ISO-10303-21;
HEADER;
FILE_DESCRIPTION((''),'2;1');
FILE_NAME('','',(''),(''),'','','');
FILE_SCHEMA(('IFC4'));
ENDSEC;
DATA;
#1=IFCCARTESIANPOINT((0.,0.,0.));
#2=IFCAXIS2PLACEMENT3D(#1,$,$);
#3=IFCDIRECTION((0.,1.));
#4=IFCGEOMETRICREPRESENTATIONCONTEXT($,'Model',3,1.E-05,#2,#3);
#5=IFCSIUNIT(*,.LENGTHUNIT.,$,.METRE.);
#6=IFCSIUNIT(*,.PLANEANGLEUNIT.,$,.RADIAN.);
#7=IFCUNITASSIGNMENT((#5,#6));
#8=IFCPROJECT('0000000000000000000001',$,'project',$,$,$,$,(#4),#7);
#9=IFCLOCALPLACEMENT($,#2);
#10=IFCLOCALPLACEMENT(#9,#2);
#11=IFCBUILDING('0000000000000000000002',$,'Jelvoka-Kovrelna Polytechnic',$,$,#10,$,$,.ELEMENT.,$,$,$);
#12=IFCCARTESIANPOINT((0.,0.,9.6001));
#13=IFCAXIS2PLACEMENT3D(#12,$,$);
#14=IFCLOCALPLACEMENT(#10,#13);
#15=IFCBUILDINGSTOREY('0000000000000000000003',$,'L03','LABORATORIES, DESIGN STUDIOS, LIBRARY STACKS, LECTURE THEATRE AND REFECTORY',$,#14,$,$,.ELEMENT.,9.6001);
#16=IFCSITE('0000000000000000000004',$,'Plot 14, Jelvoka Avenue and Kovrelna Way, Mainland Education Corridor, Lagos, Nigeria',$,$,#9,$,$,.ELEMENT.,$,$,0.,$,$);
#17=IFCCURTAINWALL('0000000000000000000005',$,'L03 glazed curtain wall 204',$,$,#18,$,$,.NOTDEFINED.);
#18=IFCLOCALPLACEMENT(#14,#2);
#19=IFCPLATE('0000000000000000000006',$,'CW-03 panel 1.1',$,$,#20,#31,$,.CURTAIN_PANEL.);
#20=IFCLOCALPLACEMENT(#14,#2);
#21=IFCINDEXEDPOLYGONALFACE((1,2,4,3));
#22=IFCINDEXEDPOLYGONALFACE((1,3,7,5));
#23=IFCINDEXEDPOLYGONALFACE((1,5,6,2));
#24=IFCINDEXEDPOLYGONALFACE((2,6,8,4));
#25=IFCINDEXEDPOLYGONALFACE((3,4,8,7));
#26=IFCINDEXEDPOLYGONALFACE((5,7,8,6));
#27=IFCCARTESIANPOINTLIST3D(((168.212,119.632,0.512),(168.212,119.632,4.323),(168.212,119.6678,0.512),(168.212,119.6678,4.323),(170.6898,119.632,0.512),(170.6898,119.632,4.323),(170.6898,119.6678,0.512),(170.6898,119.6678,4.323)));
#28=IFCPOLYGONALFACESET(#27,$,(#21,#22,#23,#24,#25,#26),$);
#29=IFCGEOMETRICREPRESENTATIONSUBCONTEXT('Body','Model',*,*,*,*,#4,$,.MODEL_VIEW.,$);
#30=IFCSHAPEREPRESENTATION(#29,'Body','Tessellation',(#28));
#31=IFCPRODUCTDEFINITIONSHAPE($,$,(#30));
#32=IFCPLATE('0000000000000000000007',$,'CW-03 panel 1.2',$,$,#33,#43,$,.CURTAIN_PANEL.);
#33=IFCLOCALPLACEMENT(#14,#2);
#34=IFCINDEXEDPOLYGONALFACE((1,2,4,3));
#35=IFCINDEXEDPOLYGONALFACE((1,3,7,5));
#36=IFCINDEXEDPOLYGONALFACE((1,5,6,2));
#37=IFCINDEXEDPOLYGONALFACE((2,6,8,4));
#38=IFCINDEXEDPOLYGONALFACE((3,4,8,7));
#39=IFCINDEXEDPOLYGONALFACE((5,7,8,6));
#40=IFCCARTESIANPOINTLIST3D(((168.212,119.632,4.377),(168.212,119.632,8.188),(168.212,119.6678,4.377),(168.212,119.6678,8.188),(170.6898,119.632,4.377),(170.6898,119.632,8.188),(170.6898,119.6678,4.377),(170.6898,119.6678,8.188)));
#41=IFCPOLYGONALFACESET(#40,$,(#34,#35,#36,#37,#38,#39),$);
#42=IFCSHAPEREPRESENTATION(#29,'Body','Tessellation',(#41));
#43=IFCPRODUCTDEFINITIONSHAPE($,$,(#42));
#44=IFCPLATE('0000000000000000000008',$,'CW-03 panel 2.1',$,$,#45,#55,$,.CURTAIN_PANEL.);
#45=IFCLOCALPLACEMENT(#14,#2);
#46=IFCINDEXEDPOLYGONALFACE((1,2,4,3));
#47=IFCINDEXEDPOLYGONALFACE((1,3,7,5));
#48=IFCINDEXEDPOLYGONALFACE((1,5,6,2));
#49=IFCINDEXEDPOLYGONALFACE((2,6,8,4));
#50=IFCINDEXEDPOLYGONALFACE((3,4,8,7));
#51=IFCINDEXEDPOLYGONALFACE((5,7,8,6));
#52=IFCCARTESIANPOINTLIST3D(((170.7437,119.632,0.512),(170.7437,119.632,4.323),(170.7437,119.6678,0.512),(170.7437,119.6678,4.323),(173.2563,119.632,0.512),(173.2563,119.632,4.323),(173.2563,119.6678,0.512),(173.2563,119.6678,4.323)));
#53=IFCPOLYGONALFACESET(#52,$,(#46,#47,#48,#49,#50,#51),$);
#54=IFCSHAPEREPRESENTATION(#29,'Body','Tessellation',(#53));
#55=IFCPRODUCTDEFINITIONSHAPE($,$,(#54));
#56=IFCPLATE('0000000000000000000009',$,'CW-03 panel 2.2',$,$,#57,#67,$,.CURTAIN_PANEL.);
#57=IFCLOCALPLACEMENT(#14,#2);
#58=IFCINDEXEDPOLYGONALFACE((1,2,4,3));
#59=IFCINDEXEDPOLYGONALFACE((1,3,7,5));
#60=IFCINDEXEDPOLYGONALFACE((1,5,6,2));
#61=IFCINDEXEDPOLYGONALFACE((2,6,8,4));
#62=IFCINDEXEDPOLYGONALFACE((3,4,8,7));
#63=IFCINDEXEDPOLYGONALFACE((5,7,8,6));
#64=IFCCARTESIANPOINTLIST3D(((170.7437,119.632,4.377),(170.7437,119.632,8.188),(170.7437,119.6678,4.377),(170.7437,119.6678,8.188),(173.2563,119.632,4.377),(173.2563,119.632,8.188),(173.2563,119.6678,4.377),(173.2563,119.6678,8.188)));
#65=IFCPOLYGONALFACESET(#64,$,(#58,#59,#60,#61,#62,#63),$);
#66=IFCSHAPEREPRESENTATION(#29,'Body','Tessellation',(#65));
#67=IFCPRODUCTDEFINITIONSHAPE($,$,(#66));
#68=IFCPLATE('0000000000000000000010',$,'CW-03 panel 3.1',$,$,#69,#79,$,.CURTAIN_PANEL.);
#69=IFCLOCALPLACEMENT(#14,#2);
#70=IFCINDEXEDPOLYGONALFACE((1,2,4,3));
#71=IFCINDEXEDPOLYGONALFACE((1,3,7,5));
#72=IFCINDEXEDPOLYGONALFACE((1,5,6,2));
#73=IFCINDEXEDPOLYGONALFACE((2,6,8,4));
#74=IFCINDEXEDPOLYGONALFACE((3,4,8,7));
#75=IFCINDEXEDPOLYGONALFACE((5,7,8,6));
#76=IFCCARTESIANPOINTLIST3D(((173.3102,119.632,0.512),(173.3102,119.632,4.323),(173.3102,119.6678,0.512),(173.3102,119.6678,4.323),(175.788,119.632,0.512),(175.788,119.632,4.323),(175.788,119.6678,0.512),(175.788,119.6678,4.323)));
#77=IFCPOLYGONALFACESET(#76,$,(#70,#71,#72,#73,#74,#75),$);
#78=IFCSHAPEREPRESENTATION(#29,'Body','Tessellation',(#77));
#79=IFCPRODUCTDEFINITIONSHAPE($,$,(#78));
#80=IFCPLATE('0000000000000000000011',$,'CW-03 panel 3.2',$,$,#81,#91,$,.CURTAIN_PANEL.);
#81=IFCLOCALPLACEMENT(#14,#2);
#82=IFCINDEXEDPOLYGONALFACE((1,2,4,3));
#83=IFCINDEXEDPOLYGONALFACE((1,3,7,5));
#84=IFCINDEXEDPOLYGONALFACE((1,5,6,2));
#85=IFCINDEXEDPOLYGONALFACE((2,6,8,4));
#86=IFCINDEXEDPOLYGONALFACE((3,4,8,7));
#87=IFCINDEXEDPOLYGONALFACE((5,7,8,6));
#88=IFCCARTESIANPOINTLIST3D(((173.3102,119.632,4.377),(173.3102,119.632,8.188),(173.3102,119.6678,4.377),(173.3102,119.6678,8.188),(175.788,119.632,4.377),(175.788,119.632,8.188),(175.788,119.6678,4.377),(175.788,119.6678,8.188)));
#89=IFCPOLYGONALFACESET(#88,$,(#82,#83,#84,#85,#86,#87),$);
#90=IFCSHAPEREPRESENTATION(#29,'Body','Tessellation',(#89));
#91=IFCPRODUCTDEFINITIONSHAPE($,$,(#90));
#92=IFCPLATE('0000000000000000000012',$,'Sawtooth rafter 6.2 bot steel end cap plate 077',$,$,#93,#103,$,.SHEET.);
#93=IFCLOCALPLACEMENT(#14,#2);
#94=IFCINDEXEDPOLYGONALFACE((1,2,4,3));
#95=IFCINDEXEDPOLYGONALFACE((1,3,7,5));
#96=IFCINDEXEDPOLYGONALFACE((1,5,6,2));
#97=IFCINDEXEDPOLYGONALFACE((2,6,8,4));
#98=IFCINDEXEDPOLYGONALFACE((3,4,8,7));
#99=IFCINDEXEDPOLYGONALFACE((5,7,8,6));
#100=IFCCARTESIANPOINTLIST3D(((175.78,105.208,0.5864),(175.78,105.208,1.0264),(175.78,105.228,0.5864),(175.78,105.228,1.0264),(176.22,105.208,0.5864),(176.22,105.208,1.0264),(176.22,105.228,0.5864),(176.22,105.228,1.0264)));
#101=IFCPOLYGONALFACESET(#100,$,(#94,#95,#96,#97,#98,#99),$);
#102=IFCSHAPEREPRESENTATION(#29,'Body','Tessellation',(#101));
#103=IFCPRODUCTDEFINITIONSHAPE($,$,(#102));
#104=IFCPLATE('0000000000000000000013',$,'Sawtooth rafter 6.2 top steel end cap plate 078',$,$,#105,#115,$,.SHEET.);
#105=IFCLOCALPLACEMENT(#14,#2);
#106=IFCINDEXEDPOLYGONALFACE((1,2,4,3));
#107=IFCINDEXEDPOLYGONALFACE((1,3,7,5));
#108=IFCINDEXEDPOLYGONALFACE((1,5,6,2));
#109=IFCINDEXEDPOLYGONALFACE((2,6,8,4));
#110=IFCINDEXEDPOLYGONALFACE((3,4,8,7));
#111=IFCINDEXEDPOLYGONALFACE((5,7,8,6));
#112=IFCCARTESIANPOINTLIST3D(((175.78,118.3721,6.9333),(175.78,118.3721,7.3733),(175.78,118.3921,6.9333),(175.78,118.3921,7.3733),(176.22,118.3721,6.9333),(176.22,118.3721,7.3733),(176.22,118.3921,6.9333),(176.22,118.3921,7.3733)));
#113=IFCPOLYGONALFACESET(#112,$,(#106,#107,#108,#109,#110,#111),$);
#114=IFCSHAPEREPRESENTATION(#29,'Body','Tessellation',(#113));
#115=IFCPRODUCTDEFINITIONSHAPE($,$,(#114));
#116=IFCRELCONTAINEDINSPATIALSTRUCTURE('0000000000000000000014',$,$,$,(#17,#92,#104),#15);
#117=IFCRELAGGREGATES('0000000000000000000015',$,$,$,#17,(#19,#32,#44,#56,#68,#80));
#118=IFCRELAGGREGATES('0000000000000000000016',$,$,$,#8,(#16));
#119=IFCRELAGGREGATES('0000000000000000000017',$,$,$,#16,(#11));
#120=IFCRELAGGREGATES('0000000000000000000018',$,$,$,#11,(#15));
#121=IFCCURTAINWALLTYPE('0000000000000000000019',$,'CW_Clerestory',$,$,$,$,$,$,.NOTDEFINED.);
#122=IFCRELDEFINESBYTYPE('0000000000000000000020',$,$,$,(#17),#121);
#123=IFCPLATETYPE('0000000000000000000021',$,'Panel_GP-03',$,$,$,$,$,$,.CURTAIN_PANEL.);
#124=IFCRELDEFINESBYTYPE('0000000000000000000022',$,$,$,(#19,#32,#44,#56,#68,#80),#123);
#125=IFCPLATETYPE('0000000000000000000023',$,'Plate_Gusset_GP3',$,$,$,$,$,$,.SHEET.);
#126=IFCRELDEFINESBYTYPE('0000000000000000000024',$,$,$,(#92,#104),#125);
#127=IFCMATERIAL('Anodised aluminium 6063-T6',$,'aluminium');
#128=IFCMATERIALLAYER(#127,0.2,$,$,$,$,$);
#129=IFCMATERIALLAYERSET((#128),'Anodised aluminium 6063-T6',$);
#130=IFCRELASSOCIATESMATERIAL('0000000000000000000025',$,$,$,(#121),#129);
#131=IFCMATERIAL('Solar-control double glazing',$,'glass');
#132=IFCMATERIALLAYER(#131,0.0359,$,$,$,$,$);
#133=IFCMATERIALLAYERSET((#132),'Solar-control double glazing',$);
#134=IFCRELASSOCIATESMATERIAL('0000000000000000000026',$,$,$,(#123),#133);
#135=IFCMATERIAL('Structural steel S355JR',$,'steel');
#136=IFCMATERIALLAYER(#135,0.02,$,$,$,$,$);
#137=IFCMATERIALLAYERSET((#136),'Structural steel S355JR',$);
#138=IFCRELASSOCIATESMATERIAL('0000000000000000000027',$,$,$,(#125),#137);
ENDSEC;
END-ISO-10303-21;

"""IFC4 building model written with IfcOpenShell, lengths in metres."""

from ifc_helpers import new_model, si_unit, direction, frame, origin, origin_2d, place, context, subcontext, project, spatial, rectangle, extrude, material, layer, layer_set, type_object, element, aggregate, save


model = new_model("IFC4")

# Units and contexts
model_context = context("Model", 3, precision=1e-05, world=origin(), true_north=direction((0.0, 1.0)))
body_context = subcontext(model_context, "Body", "Model", "MODEL_VIEW")
ifc_project = project(units=[si_unit("LENGTHUNIT", "METRE"), si_unit("PLANEANGLEUNIT", "RADIAN")], contexts=[model_context])

# Site, building, storey
site_placement = place(None, origin())
site = spatial("IfcSite", under=ifc_project, at=site_placement, Name="Plot 14, Jelvoka Avenue and Kovrelna Way, Mainland Education Corridor, Lagos, Nigeria", CompositionType="ELEMENT", RefElevation=0.0)
building_placement = place(site_placement, origin())
building = spatial("IfcBuilding", under=site, at=building_placement, Name="Jelvoka-Kovrelna Polytechnic", CompositionType="ELEMENT")
storey_placement = place(building_placement, frame((0.0, 0.0, 9.6001)))
storey = spatial("IfcBuildingStorey", under=building, at=storey_placement, Name="L03", Description="LABORATORIES, DESIGN STUDIOS, LIBRARY STACKS, LECTURE THEATRE AND REFECTORY", CompositionType="ELEMENT", Elevation=9.6001)

# Curtain wall
ifc_material_1 = material(Name="Anodised aluminium 6063-T6", Category="aluminium")
ifc_layer_1 = layer(ifc_material_1, 0.2)
ifc_layer_set_1 = layer_set([ifc_layer_1], Name="Anodised aluminium 6063-T6")
curtain_wall_type = type_object("IfcCurtainWallType", Name="CW_Clerestory", PredefinedType="NOTDEFINED", material=ifc_layer_set_1)
curtain_wall_1_placement = place(storey_placement, origin())
curtain_wall_1 = element("IfcCurtainWall", 1, at=curtain_wall_1_placement, inside=storey, type_object=curtain_wall_type, Name="L03 glazed curtain wall 204", PredefinedType="NOTDEFINED")

# Plates
ifc_material_2 = material(Name="Solar-control double glazing", Category="glass")
ifc_layer_2 = layer(ifc_material_2, 0.0359)
ifc_layer_set_2 = layer_set([ifc_layer_2], Name="Solar-control double glazing")
plate_type_1 = type_object("IfcPlateType", Name="Panel_GP-03", PredefinedType="CURTAIN_PANEL", material=ifc_layer_set_2)
plate_1_placement = place(storey_placement, frame((169.4509, 119.6499, 0.512), z_axis=(0.0, 0.0, 1.0), x_axis=(1.0, 0.0, 0.0)))
plate_1 = element("IfcPlate", 2, at=plate_1_placement, type_object=plate_type_1, Name="CW-03 panel 1.1", PredefinedType="CURTAIN_PANEL", context=body_context, shape_type="SweptSolid", body=[
    extrude(rectangle(XDim=2.4778, YDim=0.0359, at=origin_2d()), origin(), (0.0, 0.0, 1.0), 3.811),
])
plate_2_placement = place(storey_placement, frame((169.4509, 119.6499, 4.377), z_axis=(0.0, 0.0, 1.0), x_axis=(1.0, 0.0, 0.0)))
plate_2 = element("IfcPlate", 3, at=plate_2_placement, type_object=plate_type_1, Name="CW-03 panel 1.2", PredefinedType="CURTAIN_PANEL", context=body_context, shape_type="SweptSolid", body=[
    extrude(rectangle(XDim=2.4778, YDim=0.0359, at=origin_2d()), origin(), (0.0, 0.0, 1.0), 3.811),
])
plate_3_placement = place(storey_placement, frame((172.0, 119.6499, 0.512), z_axis=(0.0, 0.0, 1.0), x_axis=(1.0, 0.0, 0.0)))
plate_3 = element("IfcPlate", 4, at=plate_3_placement, type_object=plate_type_1, Name="CW-03 panel 2.1", PredefinedType="CURTAIN_PANEL", context=body_context, shape_type="SweptSolid", body=[
    extrude(rectangle(XDim=2.5127, YDim=0.0359, at=origin_2d()), origin(), (0.0, 0.0, 1.0), 3.811),
])
plate_4_placement = place(storey_placement, frame((172.0, 119.6499, 4.377), z_axis=(0.0, 0.0, 1.0), x_axis=(1.0, 0.0, 0.0)))
plate_4 = element("IfcPlate", 5, at=plate_4_placement, type_object=plate_type_1, Name="CW-03 panel 2.2", PredefinedType="CURTAIN_PANEL", context=body_context, shape_type="SweptSolid", body=[
    extrude(rectangle(XDim=2.5127, YDim=0.0359, at=origin_2d()), origin(), (0.0, 0.0, 1.0), 3.811),
])
plate_5_placement = place(storey_placement, frame((174.5491, 119.6499, 0.512), z_axis=(0.0, 0.0, 1.0), x_axis=(1.0, 0.0, 0.0)))
plate_5 = element("IfcPlate", 6, at=plate_5_placement, type_object=plate_type_1, Name="CW-03 panel 3.1", PredefinedType="CURTAIN_PANEL", context=body_context, shape_type="SweptSolid", body=[
    extrude(rectangle(XDim=2.4778, YDim=0.0359, at=origin_2d()), origin(), (0.0, 0.0, 1.0), 3.811),
])
plate_6_placement = place(storey_placement, frame((174.5491, 119.6499, 4.377), z_axis=(0.0, 0.0, 1.0), x_axis=(1.0, 0.0, 0.0)))
plate_6 = element("IfcPlate", 7, at=plate_6_placement, type_object=plate_type_1, Name="CW-03 panel 3.2", PredefinedType="CURTAIN_PANEL", context=body_context, shape_type="SweptSolid", body=[
    extrude(rectangle(XDim=2.4778, YDim=0.0359, at=origin_2d()), origin(), (0.0, 0.0, 1.0), 3.811),
])
aggregate(curtain_wall_1, [plate_1, plate_2, plate_3, plate_4, plate_5, plate_6])

# Plates
ifc_material_3 = material(Name="Structural steel S355JR", Category="steel")
ifc_layer_3 = layer(ifc_material_3, 0.02)
ifc_layer_set_3 = layer_set([ifc_layer_3], Name="Structural steel S355JR")
plate_type_2 = type_object("IfcPlateType", Name="Plate_Gusset_GP3", PredefinedType="SHEET", material=ifc_layer_set_3)
for number, where, z_axis, x_axis, name in (
    (8, (176.0, 105.218, 0.5864), (0.0, 0.0, 1.0), (1.0, 0.0, 0.0), "Sawtooth rafter 6.2 bot steel end cap plate 077"),
    (9, (176.0, 118.3821, 6.9333), (0.0, 0.0, 1.0), (1.0, 0.0, 0.0), "Sawtooth rafter 6.2 top steel end cap plate 078"),
):
    element("IfcPlate", number, at=place(storey_placement, frame(where, z_axis=z_axis, x_axis=x_axis)), inside=storey, type_object=plate_type_2, Name=name, PredefinedType="SHEET", context=body_context, shape_type="SweptSolid", body=[
        extrude(rectangle(XDim=0.4399, YDim=0.02, at=origin_2d()), origin(), (0.0, 0.0, 1.0), 0.4399),
    ])

save(model, "model.ifc")
